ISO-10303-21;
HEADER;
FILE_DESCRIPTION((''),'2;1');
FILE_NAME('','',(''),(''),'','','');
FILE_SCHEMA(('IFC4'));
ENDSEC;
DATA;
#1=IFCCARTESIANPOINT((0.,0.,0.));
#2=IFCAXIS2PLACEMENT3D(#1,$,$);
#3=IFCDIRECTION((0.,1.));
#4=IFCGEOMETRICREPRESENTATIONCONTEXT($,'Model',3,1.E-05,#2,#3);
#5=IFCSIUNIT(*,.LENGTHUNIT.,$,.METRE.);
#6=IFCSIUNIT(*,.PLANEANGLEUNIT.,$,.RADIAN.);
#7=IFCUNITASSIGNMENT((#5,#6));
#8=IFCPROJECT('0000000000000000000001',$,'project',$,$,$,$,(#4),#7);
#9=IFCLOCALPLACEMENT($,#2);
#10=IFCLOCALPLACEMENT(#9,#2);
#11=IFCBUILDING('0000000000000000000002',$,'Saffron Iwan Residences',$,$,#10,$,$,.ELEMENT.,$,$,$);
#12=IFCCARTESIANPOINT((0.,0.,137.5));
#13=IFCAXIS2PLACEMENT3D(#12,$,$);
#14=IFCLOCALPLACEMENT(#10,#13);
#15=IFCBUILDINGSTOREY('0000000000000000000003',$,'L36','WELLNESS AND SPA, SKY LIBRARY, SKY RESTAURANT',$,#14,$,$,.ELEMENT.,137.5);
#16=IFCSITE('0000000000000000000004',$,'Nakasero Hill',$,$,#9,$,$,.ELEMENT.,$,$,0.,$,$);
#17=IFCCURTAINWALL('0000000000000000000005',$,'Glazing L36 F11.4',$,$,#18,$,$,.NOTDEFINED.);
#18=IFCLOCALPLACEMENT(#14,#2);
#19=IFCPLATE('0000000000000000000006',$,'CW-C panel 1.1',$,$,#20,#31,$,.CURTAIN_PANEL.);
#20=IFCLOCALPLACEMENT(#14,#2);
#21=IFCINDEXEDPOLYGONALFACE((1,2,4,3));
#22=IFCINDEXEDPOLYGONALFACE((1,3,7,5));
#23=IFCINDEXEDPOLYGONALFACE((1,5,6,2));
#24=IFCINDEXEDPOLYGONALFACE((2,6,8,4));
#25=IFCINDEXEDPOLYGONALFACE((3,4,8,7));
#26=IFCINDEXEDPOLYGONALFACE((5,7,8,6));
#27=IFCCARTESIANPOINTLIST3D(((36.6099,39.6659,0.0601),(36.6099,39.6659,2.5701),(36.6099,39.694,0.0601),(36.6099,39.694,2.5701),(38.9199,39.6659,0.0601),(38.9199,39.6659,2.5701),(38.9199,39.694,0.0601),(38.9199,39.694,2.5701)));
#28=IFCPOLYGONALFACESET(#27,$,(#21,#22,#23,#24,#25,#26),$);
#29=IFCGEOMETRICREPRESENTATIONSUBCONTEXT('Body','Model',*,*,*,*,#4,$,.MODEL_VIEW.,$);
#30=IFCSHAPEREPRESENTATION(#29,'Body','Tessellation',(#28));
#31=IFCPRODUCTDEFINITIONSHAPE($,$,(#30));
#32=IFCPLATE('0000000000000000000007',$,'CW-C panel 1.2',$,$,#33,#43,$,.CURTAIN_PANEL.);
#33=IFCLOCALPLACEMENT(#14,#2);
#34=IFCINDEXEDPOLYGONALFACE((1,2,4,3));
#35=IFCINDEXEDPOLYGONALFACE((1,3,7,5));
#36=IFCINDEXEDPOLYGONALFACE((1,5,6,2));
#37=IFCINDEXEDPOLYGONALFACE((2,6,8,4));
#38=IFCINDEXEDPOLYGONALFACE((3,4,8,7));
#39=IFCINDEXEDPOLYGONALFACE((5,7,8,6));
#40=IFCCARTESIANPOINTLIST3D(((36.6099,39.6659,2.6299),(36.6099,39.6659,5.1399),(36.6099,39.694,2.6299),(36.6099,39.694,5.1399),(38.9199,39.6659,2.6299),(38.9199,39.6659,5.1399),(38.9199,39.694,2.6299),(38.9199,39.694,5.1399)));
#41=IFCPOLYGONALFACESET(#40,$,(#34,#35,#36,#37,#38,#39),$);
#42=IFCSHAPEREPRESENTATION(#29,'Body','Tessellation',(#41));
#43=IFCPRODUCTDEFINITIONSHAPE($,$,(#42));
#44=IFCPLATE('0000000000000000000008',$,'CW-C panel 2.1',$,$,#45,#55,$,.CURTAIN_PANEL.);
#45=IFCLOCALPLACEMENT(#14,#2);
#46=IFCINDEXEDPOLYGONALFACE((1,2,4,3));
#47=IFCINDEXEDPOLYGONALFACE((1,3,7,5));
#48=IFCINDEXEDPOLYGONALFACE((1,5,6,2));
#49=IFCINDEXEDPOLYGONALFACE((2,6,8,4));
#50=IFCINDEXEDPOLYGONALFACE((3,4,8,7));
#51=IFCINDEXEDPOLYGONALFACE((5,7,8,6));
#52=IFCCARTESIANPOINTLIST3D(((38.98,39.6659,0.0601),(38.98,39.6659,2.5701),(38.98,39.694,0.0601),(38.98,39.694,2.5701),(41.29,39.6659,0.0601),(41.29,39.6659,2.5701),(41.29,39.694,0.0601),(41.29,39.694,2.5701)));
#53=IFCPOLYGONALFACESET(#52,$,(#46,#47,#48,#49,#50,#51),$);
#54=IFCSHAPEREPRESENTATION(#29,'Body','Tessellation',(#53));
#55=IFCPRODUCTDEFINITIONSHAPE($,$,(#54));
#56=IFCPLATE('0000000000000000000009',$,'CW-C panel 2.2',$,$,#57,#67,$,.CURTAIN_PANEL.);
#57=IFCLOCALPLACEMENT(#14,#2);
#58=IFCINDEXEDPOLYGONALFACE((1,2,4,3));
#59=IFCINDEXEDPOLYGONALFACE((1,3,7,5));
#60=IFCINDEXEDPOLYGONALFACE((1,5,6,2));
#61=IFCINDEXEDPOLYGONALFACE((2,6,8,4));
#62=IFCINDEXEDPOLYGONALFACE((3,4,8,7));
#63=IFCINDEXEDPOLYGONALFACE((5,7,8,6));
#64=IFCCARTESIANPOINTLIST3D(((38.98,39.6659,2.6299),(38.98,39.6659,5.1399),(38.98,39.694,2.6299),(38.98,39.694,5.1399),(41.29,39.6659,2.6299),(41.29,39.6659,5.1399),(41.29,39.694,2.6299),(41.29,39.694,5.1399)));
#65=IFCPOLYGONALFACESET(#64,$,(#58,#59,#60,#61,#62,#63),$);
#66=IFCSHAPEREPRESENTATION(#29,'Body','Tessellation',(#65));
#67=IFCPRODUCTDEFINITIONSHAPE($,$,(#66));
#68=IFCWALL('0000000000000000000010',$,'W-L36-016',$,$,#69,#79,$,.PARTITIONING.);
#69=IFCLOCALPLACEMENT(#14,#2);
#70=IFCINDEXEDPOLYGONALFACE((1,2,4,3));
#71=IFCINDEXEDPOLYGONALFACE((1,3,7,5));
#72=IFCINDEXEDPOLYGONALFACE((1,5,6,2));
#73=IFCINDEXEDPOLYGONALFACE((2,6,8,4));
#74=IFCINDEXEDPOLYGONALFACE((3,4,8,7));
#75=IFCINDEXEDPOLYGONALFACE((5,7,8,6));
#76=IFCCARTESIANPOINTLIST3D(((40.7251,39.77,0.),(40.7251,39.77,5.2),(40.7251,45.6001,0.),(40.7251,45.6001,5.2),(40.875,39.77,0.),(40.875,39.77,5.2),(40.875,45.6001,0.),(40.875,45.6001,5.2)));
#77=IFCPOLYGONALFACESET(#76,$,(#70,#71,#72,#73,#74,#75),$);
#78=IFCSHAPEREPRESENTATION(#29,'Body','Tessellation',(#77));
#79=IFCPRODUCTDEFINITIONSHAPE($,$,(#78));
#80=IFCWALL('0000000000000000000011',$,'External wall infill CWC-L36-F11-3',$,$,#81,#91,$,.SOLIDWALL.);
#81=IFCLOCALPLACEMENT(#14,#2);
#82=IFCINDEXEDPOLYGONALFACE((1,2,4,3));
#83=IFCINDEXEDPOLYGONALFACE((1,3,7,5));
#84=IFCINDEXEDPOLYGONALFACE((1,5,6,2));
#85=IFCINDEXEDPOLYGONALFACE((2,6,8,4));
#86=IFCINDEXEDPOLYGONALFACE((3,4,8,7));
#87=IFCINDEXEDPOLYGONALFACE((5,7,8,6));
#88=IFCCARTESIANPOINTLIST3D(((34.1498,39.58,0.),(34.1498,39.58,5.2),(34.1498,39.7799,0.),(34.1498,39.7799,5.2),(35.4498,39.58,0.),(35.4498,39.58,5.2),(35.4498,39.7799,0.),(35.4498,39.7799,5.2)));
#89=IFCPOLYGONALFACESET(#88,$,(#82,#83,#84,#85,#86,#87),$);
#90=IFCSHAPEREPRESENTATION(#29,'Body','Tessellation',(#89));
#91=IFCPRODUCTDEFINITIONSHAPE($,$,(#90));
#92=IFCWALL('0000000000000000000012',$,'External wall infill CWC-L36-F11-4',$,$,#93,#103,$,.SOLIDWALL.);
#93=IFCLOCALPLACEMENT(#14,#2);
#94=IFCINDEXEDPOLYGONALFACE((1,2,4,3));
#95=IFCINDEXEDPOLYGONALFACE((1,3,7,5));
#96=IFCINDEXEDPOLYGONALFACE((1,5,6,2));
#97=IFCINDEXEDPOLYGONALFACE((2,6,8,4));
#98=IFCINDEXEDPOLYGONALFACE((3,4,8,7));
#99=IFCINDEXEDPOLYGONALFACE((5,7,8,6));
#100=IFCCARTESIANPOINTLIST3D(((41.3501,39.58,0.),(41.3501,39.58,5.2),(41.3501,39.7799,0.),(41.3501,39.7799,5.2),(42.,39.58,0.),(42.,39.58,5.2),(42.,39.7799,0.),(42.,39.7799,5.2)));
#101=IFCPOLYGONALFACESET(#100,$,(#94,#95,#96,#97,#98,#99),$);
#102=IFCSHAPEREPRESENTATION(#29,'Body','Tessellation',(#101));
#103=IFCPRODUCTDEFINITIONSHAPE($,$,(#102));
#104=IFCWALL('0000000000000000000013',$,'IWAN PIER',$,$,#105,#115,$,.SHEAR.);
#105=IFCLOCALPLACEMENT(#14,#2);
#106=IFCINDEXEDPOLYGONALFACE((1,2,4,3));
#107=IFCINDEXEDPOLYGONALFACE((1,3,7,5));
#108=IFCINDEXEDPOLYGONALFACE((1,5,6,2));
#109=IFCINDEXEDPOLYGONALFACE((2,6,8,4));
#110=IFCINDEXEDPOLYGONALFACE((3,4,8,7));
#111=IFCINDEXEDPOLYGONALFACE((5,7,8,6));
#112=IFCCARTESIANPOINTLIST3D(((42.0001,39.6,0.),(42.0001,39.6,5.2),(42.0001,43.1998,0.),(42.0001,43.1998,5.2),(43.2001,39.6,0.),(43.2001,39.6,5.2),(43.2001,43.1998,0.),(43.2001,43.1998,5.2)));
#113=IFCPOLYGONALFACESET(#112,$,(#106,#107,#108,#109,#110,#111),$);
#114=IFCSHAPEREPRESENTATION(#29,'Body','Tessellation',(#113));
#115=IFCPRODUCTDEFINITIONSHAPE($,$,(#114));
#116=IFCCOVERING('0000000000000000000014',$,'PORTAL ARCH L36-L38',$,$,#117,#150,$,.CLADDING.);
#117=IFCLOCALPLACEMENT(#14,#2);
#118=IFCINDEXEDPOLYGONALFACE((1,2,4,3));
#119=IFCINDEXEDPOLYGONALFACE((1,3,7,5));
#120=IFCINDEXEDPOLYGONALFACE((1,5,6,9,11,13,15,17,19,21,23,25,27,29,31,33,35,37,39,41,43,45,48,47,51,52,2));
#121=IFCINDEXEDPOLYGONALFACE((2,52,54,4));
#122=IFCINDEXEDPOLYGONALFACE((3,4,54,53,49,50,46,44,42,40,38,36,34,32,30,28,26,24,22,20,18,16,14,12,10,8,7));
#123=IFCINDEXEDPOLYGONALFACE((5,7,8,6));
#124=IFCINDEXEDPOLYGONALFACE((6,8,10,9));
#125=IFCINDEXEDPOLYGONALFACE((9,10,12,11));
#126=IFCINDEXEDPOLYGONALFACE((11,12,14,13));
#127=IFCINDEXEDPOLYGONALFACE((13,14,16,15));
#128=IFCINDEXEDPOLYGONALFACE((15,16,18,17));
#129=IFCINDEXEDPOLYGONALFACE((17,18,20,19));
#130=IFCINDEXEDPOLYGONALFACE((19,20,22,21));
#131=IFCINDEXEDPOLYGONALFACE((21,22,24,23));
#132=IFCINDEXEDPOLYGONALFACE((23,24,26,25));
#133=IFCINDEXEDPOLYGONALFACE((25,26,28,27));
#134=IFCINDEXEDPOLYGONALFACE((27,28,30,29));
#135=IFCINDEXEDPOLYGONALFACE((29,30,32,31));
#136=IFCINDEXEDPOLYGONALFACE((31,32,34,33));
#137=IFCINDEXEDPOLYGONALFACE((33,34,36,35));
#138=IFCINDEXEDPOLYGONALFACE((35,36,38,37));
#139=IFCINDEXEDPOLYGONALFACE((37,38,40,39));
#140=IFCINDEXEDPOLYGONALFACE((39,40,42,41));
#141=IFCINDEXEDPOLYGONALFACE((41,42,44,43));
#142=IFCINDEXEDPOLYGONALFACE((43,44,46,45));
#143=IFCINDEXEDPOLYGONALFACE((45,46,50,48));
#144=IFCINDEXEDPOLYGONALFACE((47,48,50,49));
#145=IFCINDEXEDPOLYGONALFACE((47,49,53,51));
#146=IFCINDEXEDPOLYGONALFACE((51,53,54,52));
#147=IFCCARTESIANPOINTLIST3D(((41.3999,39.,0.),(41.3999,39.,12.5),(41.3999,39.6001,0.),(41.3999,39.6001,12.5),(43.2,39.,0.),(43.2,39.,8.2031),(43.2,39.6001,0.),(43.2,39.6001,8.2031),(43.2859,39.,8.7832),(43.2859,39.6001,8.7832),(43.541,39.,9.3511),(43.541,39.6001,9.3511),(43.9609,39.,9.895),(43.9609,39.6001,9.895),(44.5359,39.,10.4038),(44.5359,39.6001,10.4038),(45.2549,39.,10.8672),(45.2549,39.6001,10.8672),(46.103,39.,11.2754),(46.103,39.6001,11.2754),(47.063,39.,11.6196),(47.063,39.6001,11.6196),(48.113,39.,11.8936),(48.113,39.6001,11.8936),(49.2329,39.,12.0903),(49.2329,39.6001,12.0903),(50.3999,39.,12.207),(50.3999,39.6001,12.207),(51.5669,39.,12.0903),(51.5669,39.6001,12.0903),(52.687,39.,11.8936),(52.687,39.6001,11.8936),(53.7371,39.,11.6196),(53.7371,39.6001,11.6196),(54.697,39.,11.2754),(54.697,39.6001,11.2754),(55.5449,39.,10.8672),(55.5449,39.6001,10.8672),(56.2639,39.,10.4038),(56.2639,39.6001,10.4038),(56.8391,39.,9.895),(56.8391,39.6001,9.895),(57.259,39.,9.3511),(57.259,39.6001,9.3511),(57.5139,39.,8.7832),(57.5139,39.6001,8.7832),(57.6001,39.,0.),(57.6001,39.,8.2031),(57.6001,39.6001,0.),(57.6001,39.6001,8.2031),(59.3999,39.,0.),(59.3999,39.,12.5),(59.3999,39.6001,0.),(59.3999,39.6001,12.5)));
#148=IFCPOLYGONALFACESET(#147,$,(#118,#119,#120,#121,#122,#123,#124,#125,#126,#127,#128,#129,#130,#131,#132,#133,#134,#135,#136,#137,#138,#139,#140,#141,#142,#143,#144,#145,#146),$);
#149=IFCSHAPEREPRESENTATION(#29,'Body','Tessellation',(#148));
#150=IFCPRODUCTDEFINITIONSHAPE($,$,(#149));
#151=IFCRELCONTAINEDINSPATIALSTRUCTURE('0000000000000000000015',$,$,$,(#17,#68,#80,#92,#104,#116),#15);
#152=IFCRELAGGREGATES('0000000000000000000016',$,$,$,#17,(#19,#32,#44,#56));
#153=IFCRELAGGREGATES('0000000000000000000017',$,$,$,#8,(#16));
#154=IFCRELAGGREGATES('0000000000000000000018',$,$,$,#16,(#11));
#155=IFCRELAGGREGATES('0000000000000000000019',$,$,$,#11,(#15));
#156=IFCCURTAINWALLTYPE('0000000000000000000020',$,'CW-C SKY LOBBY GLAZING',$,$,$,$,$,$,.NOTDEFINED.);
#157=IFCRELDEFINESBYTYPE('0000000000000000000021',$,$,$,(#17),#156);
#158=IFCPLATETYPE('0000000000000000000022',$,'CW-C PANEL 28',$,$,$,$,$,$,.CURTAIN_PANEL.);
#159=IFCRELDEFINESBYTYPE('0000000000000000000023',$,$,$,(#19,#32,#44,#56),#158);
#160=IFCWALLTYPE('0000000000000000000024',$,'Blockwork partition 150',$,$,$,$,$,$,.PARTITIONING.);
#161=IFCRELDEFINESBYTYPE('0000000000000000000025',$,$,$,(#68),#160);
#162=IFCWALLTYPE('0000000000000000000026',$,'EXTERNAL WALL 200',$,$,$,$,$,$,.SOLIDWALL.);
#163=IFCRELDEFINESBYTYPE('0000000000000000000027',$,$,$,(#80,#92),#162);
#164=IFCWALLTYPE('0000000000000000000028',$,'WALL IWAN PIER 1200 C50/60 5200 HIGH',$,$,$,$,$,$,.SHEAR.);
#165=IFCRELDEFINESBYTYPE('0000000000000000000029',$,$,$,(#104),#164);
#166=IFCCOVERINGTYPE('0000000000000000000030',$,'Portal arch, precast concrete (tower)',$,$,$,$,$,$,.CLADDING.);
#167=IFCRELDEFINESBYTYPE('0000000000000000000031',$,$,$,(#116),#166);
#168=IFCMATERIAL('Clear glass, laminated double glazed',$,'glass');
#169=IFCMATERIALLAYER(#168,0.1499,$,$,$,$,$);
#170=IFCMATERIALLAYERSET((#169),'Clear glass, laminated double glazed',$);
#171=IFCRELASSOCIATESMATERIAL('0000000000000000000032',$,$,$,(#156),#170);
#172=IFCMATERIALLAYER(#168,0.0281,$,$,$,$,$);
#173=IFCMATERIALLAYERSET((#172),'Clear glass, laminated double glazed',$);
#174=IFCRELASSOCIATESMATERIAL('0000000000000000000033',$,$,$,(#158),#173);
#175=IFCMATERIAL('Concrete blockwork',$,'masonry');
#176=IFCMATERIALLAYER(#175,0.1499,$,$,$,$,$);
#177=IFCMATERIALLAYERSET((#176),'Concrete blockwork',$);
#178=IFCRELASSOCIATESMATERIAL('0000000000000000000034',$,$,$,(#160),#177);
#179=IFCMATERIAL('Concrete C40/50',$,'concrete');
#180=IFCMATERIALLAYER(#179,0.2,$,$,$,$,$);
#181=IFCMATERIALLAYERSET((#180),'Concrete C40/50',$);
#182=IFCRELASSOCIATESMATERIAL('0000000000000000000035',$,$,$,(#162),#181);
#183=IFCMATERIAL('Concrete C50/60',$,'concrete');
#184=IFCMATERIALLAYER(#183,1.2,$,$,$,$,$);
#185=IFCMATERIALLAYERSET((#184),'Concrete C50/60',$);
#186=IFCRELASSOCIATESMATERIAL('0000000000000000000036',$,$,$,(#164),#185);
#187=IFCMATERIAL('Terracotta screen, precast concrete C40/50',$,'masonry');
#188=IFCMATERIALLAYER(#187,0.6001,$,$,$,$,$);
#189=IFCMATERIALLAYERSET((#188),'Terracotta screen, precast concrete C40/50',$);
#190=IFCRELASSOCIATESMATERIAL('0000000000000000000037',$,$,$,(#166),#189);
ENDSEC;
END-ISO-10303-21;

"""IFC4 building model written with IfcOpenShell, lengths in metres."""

from ifc_helpers import new_model, si_unit, direction, frame, frame_2d, origin, origin_2d, place, context, subcontext, project, spatial, polyline, rectangle, outline, extrude, source, transform, mapped, material, layer, layer_set, type_object, element, aggregate, save


model = new_model("IFC4")

# Units and contexts
model_context = context("Model", 3, precision=1e-05, world=origin(), true_north=direction((0.0, 1.0)))
body_context = subcontext(model_context, "Body", "Model", "MODEL_VIEW")
ifc_project = project(units=[si_unit("LENGTHUNIT", "METRE"), si_unit("PLANEANGLEUNIT", "RADIAN")], contexts=[model_context])

# Site, building, storey
site_placement = place(None, origin())
site = spatial("IfcSite", under=ifc_project, at=site_placement, Name="Nakasero Hill", CompositionType="ELEMENT", RefElevation=0.0)
building_placement = place(site_placement, origin())
building = spatial("IfcBuilding", under=site, at=building_placement, Name="Saffron Iwan Residences", CompositionType="ELEMENT")
storey_placement = place(building_placement, frame((0.0, 0.0, 137.5)))
storey = spatial("IfcBuildingStorey", under=building, at=storey_placement, Name="L36", Description="WELLNESS AND SPA, SKY LIBRARY, SKY RESTAURANT", CompositionType="ELEMENT", Elevation=137.5)

# Shared definitions
ifc_material_1 = material(Name="Clear glass, laminated double glazed", Category="glass")

# Curtain wall, plates
ifc_layer_1 = layer(ifc_material_1, 0.1499)
ifc_layer_set_1 = layer_set([ifc_layer_1], Name="Clear glass, laminated double glazed")
curtain_wall_type_1 = type_object("IfcCurtainWallType", Name="CW-C SKY LOBBY GLAZING", PredefinedType="NOTDEFINED", material=ifc_layer_set_1)
curtain_wall_1_placement = place(storey_placement, origin())
curtain_wall_1 = element("IfcCurtainWall", 1, at=curtain_wall_1_placement, inside=storey, type_object=curtain_wall_type_1, Name="Glazing L36 F11.4", PredefinedType="NOTDEFINED")
ifc_layer_2 = layer(ifc_material_1, 0.0281)
ifc_layer_set_2 = layer_set([ifc_layer_2], Name="Clear glass, laminated double glazed")
plate_type = type_object("IfcPlateType", Name="CW-C PANEL 28", PredefinedType="CURTAIN_PANEL", material=ifc_layer_set_2)
shared_shape_1 = source(origin(), body_context, "Body", "SweptSolid", [
    extrude(rectangle(XDim=2.3101, YDim=0.0281, at=origin_2d()), origin(), (0.0, 0.0, 1.0), 2.51),
])
plate_1_placement = place(storey_placement, frame((37.7649, 39.6799, 0.0601), z_axis=(0.0, 0.0, 1.0), x_axis=(1.0, 0.0, 0.0)))
plate_1 = element("IfcPlate", 2, at=plate_1_placement, type_object=plate_type, Name="CW-C panel 1.1", PredefinedType="CURTAIN_PANEL", context=body_context, shape_type="MappedRepresentation", body=[
    mapped(shared_shape_1, transform((0.0, 0.0, 0.0))),
])
plate_2_placement = place(storey_placement, frame((37.7649, 39.6799, 2.6299), z_axis=(0.0, 0.0, 1.0), x_axis=(1.0, 0.0, 0.0)))
plate_2 = element("IfcPlate", 3, at=plate_2_placement, type_object=plate_type, Name="CW-C panel 1.2", PredefinedType="CURTAIN_PANEL", context=body_context, shape_type="MappedRepresentation", body=[
    mapped(shared_shape_1, transform((0.0, 0.0, 0.0))),
])
plate_3_placement = place(storey_placement, frame((40.135, 39.6799, 0.0601), z_axis=(0.0, 0.0, 1.0), x_axis=(1.0, 0.0, 0.0)))
plate_3 = element("IfcPlate", 4, at=plate_3_placement, type_object=plate_type, Name="CW-C panel 2.1", PredefinedType="CURTAIN_PANEL", context=body_context, shape_type="MappedRepresentation", body=[
    mapped(shared_shape_1, transform((0.0, 0.0, 0.0))),
])
plate_4_placement = place(storey_placement, frame((40.135, 39.6799, 2.6299), z_axis=(0.0, 0.0, 1.0), x_axis=(1.0, 0.0, 0.0)))
plate_4 = element("IfcPlate", 5, at=plate_4_placement, type_object=plate_type, Name="CW-C panel 2.2", PredefinedType="CURTAIN_PANEL", context=body_context, shape_type="MappedRepresentation", body=[
    mapped(shared_shape_1, transform((0.0, 0.0, 0.0))),
])
aggregate(curtain_wall_1, [plate_1, plate_2, plate_3, plate_4])

# Walls
ifc_material_2 = material(Name="Concrete blockwork", Category="masonry")
ifc_layer_3 = layer(ifc_material_2, 0.1499)
ifc_layer_set_3 = layer_set([ifc_layer_3], Name="Concrete blockwork")
wall_type_1 = type_object("IfcWallType", Name="Blockwork partition 150", PredefinedType="PARTITIONING", material=ifc_layer_set_3)
wall_1_placement = place(storey_placement, frame((40.8, 39.77, 0.0), z_axis=(0.0, 0.0, 1.0), x_axis=(0.0, 1.0, 0.0)))
element("IfcWall", 6, at=wall_1_placement, inside=storey, type_object=wall_type_1, Name="W-L36-016", PredefinedType="PARTITIONING", context=body_context, shape_type="SweptSolid", body=[
    extrude(rectangle(XDim=5.8301, YDim=0.1499, at=frame_2d((2.915, 0.0))), origin(), (0.0, 0.0, 1.0), 5.2),
])
ifc_material_3 = material(Name="Concrete C40/50", Category="concrete")
ifc_layer_4 = layer(ifc_material_3, 0.2)
ifc_layer_set_4 = layer_set([ifc_layer_4], Name="Concrete C40/50")
wall_type_2 = type_object("IfcWallType", Name="EXTERNAL WALL 200", PredefinedType="SOLIDWALL", material=ifc_layer_set_4)
wall_2_placement = place(storey_placement, frame((34.1499, 39.6799, 0.0), z_axis=(0.0, 0.0, 1.0), x_axis=(1.0, 0.0, 0.0)))
element("IfcWall", 7, at=wall_2_placement, inside=storey, type_object=wall_type_2, Name="External wall infill CWC-L36-F11-3", PredefinedType="SOLIDWALL", context=body_context, shape_type="SweptSolid", body=[
    extrude(rectangle(XDim=1.3, YDim=0.2, at=frame_2d((0.6499, 0.0))), origin(), (0.0, 0.0, 1.0), 5.2),
])
wall_3_placement = place(storey_placement, frame((41.3501, 39.6799, 0.0), z_axis=(0.0, 0.0, 1.0), x_axis=(1.0, 0.0, 0.0)))
element("IfcWall", 8, at=wall_3_placement, inside=storey, type_object=wall_type_2, Name="External wall infill CWC-L36-F11-4", PredefinedType="SOLIDWALL", context=body_context, shape_type="SweptSolid", body=[
    extrude(rectangle(XDim=0.6499, YDim=0.2, at=frame_2d((0.325, 0.0))), origin(), (0.0, 0.0, 1.0), 5.2),
])
ifc_material_4 = material(Name="Concrete C50/60", Category="concrete")
ifc_layer_5 = layer(ifc_material_4, 1.2)
ifc_layer_set_5 = layer_set([ifc_layer_5], Name="Concrete C50/60")
wall_type_3 = type_object("IfcWallType", Name="WALL IWAN PIER 1200 C50/60 5200 HIGH", PredefinedType="SHEAR", material=ifc_layer_set_5)
wall_4_placement = place(storey_placement, frame((42.6001, 39.6001, 0.0), z_axis=(0.0, 0.0, 1.0), x_axis=(0.0, 1.0, 0.0)))
element("IfcWall", 9, at=wall_4_placement, inside=storey, type_object=wall_type_3, Name="IWAN PIER", PredefinedType="SHEAR", context=body_context, shape_type="SweptSolid", body=[
    extrude(rectangle(XDim=3.5999, YDim=1.2, at=frame_2d((1.7998, 0.0))), origin(), (0.0, 0.0, 1.0), 5.2),
])

# Covering
ifc_material_5 = material(Name="Terracotta screen, precast concrete C40/50", Category="masonry")
ifc_layer_6 = layer(ifc_material_5, 0.6001)
ifc_layer_set_6 = layer_set([ifc_layer_6], Name="Terracotta screen, precast concrete C40/50")
covering_type = type_object("IfcCoveringType", Name="Portal arch, precast concrete (tower)", PredefinedType="CLADDING", material=ifc_layer_set_6)
covering_placement = place(storey_placement, frame((41.3999, 39.6001, 0.0), z_axis=(0.0, 1.0, 0.0), x_axis=(0.0, 0.0, 1.0)))
element("IfcCovering", 10, at=covering_placement, inside=storey, type_object=covering_type, Name="PORTAL ARCH L36-L38", PredefinedType="CLADDING", context=body_context, shape_type="SweptSolid", body=[
    extrude(outline(polyline([(0.0, 0.0), (12.5, 0.0), (12.5, 18.0), (0.0, 18.0), (0.0, 16.2002), (8.2031, 16.2002), (8.7832, 16.114), (9.3511, 15.8591), (9.895, 15.4392), (10.4038, 14.864), (10.8672, 14.145), (11.2754, 13.2971), (11.6196, 12.3372), (11.8936, 11.2871), (12.0903, 10.167), (12.207, 9.0), (12.0903, 7.833), (11.8936, 6.7131), (11.6196, 5.6631), (11.2754, 4.7031), (10.8672, 3.855), (10.4038, 3.136), (9.895, 2.561), (9.3511, 2.1411), (8.7832, 1.886), (8.2031, 1.8), (0.0, 1.8), (0.0, 0.0)])), origin(), (0.0, 0.0, -1.0), 0.6001),
])

save(model, "model.ifc")
